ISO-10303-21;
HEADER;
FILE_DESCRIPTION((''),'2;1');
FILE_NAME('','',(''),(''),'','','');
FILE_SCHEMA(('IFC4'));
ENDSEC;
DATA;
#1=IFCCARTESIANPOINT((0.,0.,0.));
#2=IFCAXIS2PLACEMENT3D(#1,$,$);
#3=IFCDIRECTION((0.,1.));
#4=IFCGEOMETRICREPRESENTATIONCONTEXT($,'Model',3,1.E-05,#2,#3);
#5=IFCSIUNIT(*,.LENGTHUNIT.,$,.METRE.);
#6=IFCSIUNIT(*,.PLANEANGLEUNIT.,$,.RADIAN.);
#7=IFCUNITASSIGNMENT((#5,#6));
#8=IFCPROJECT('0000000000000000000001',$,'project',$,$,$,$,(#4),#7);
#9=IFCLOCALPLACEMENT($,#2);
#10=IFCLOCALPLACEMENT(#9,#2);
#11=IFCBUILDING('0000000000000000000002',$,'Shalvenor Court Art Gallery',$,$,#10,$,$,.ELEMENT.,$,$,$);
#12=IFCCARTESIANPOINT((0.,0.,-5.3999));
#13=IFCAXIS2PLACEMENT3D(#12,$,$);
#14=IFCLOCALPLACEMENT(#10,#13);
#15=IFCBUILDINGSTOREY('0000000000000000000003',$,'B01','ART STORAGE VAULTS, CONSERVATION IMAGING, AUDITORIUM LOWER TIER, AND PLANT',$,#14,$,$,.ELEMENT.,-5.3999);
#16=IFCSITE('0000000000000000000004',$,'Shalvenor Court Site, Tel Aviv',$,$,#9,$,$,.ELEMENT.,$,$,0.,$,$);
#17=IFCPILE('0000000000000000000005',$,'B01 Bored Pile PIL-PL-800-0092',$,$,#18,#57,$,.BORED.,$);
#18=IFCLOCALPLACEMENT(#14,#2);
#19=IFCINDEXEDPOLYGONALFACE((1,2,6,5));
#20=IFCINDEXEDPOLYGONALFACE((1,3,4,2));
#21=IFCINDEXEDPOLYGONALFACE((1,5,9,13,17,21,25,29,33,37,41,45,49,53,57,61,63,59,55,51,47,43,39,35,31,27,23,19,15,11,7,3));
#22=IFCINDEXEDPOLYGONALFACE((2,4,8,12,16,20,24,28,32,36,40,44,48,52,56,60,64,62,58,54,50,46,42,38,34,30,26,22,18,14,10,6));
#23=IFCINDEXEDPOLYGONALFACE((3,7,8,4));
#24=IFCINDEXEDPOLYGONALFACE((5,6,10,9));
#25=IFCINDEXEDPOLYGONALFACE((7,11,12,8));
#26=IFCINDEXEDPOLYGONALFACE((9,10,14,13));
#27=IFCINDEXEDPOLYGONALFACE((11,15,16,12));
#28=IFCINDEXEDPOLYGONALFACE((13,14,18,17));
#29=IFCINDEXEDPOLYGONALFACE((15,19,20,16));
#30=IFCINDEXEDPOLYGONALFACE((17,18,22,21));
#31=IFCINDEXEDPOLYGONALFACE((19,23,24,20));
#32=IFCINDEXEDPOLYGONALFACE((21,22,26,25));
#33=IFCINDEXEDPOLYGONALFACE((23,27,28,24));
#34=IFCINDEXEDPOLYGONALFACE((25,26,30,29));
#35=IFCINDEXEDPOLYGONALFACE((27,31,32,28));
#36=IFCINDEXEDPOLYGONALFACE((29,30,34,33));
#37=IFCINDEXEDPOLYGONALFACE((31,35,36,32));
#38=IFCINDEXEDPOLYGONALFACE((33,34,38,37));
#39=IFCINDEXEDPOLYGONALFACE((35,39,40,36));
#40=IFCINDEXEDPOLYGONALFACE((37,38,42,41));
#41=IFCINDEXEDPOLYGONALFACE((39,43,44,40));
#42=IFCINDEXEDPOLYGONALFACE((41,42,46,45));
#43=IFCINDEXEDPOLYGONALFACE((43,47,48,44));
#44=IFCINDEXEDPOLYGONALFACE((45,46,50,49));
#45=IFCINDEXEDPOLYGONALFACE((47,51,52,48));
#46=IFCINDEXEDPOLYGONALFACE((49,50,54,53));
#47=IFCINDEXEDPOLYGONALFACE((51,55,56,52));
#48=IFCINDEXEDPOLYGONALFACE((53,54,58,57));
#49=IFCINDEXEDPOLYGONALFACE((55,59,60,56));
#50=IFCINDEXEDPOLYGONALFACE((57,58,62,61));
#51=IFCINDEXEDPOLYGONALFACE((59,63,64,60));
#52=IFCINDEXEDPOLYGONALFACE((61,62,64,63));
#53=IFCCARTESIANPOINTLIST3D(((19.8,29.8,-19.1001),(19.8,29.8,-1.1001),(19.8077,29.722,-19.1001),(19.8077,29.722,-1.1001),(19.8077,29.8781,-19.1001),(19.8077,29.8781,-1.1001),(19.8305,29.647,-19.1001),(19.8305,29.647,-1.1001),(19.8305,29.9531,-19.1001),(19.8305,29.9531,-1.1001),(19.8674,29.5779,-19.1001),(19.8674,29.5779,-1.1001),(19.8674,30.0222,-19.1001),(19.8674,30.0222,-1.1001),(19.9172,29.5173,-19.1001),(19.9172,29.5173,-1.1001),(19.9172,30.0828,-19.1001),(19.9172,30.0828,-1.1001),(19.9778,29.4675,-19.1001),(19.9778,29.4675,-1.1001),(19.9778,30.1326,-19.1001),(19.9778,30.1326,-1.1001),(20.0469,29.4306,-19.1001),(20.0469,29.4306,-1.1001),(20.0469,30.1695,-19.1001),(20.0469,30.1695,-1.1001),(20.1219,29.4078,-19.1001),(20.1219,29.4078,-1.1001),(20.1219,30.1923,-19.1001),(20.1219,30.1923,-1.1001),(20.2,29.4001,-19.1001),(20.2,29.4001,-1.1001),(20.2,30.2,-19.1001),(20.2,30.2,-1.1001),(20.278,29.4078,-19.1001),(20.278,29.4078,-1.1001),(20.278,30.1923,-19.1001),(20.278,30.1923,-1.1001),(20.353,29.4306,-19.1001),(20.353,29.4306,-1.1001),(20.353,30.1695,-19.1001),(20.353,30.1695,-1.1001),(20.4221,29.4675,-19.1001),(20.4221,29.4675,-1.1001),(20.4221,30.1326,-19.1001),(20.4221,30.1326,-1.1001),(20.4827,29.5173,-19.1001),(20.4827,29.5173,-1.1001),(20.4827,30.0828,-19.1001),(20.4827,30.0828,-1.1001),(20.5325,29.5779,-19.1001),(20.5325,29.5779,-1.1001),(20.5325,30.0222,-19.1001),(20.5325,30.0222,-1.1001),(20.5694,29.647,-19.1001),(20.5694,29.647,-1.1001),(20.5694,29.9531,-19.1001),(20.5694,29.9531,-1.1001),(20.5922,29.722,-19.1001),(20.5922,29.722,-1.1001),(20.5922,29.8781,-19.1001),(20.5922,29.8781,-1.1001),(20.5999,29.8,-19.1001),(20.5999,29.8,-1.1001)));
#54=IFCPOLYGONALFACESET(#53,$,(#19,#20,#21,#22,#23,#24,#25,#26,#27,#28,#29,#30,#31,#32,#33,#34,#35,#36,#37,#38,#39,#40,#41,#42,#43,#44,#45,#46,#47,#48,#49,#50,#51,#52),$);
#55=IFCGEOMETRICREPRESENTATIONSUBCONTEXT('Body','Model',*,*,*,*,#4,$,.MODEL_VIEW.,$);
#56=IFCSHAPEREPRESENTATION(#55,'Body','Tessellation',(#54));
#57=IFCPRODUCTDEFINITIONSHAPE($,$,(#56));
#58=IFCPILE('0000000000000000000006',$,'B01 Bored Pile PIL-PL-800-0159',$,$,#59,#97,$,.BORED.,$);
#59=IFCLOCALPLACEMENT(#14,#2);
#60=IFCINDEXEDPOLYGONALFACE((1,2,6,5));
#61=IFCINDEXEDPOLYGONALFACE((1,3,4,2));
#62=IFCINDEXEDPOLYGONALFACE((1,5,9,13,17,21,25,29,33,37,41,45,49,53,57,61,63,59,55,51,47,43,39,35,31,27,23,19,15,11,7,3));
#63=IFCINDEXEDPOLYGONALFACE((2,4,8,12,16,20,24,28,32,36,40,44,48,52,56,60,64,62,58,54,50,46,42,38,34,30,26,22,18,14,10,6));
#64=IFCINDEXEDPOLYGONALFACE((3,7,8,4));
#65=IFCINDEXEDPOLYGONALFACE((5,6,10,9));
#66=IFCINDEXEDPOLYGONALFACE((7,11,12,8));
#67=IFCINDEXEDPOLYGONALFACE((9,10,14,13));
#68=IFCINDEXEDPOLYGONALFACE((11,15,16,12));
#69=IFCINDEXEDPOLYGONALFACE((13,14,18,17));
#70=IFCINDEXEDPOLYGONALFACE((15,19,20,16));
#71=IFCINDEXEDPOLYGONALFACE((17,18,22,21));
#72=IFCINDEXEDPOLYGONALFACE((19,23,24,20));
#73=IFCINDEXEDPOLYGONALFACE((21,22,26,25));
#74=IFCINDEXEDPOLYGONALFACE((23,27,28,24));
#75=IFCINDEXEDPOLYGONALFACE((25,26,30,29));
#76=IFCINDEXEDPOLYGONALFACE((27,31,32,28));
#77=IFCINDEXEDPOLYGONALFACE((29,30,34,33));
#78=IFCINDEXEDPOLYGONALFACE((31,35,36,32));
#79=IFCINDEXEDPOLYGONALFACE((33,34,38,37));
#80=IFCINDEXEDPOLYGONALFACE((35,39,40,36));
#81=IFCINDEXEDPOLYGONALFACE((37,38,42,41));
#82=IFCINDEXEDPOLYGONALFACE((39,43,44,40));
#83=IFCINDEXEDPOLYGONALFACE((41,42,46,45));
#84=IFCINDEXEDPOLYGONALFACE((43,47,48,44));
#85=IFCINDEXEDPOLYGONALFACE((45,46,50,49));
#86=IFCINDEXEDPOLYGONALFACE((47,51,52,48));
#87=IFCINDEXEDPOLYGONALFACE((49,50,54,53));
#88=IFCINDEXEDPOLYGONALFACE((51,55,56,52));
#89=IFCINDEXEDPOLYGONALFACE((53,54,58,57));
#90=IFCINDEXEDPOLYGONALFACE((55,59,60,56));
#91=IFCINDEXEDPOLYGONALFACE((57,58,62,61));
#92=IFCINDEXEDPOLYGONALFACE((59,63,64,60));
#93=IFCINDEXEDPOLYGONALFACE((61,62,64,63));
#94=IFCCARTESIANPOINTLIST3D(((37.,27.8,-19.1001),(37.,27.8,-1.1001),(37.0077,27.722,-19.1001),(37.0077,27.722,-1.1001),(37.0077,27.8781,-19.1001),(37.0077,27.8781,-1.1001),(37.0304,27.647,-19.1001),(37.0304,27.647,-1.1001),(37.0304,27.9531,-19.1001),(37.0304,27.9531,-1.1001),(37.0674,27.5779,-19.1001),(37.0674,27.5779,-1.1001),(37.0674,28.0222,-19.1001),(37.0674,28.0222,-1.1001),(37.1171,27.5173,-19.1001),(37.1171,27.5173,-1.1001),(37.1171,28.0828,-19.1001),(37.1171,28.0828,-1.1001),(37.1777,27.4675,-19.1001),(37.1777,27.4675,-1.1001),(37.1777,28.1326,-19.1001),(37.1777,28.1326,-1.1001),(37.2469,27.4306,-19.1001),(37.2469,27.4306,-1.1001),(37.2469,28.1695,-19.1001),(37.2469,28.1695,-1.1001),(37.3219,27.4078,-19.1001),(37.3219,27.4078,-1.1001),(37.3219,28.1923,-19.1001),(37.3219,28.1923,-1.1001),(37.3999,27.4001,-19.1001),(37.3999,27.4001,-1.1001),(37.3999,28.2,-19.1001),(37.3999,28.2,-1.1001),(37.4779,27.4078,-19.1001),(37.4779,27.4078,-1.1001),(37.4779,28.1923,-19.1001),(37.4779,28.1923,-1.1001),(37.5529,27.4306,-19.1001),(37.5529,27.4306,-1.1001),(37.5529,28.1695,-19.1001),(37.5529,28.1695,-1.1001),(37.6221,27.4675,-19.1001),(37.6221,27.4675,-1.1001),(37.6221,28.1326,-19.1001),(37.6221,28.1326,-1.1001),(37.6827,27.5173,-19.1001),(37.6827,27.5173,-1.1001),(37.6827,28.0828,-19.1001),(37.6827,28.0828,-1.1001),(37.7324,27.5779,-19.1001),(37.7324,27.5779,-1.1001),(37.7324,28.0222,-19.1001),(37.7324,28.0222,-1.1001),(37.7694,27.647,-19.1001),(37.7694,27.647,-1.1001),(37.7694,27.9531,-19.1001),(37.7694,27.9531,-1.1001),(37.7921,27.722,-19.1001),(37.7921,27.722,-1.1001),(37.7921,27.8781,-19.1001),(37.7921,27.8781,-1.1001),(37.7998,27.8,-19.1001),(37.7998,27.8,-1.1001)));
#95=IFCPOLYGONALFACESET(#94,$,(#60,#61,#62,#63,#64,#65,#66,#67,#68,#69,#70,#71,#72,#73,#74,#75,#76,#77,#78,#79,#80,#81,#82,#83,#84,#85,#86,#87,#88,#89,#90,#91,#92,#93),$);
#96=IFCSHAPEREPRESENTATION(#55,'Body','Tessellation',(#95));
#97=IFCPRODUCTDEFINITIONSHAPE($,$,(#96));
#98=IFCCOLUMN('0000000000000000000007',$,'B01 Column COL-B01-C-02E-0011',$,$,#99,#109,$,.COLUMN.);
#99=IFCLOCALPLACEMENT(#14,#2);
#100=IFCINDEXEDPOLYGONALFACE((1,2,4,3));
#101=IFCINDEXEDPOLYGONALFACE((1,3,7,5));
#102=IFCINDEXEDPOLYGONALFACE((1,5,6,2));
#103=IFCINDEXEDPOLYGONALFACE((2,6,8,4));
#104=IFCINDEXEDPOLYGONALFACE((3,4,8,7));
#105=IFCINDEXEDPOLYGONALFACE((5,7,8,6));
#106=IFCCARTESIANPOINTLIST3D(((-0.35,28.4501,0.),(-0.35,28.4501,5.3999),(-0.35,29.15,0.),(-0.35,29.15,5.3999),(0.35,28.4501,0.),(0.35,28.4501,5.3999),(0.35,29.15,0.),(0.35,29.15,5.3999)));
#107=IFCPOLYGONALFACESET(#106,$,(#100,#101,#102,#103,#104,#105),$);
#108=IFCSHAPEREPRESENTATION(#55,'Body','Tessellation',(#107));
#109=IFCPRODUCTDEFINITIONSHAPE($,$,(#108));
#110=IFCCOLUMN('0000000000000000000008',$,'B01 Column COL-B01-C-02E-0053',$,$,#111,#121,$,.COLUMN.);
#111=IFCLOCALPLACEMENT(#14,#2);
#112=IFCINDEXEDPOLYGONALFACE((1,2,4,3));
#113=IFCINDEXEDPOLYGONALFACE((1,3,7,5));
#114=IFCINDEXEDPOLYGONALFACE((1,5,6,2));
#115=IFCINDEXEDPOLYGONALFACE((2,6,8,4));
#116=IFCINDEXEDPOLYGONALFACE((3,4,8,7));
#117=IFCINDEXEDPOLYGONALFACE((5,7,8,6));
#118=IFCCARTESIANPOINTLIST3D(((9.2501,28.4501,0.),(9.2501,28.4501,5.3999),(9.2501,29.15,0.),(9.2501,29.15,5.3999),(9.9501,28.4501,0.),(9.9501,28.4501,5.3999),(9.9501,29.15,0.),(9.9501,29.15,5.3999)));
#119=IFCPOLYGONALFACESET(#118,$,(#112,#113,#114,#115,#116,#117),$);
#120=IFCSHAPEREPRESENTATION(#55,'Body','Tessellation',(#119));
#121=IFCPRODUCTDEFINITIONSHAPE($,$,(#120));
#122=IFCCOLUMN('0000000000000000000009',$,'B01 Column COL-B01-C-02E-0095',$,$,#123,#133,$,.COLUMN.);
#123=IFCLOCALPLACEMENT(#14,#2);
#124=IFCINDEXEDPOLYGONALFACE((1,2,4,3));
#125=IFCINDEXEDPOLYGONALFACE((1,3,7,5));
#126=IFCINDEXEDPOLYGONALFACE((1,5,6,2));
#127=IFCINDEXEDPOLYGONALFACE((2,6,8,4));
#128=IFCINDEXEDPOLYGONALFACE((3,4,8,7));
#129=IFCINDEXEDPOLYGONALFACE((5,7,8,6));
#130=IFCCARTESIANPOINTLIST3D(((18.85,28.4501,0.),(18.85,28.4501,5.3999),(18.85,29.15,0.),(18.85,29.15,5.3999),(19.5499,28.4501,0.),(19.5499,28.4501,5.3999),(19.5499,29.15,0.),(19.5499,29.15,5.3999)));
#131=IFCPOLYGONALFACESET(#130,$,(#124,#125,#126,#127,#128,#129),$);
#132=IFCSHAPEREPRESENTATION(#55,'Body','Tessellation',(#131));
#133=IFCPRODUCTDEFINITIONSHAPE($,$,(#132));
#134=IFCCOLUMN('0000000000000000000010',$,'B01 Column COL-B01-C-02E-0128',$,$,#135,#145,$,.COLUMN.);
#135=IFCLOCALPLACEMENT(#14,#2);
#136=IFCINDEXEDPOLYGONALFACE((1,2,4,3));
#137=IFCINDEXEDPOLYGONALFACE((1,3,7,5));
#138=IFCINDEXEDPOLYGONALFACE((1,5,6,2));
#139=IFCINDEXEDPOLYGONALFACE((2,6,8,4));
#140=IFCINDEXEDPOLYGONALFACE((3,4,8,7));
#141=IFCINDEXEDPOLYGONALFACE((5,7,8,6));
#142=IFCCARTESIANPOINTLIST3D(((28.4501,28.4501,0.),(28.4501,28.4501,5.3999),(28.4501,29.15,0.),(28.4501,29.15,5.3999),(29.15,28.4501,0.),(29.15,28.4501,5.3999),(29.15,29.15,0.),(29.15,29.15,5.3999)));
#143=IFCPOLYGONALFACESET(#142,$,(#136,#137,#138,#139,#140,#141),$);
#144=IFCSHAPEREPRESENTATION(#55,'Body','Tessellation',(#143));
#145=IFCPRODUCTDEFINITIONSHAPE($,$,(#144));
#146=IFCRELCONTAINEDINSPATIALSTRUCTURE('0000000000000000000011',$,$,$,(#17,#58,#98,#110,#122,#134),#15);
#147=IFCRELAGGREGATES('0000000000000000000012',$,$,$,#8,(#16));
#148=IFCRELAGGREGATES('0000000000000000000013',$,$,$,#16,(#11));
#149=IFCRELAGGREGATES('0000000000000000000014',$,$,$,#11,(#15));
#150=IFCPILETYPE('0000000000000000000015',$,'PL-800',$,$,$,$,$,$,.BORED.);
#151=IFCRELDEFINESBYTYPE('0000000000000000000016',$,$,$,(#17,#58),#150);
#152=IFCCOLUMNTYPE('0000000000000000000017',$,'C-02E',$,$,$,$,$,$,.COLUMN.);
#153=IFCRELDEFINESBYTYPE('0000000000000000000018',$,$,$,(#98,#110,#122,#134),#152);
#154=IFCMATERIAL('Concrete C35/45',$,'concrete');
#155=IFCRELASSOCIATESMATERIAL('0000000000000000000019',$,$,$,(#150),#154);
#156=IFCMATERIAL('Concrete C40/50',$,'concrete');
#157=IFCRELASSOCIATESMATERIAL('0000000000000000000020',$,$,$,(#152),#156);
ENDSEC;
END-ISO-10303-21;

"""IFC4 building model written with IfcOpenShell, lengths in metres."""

from ifc_helpers import new_model, si_unit, direction, frame, origin, origin_2d, place, context, subcontext, project, spatial, rectangle, circle, extrude, material, material_profile, profile_set, type_object, element, save


model = new_model("IFC4")

# Units and contexts
model_context = context("Model", 3, precision=1e-05, world=origin(), true_north=direction((0.0, 1.0)))
body_context = subcontext(model_context, "Body", "Model", "MODEL_VIEW")
ifc_project = project(units=[si_unit("LENGTHUNIT", "METRE"), si_unit("PLANEANGLEUNIT", "RADIAN")], contexts=[model_context])

# Site, building, storey
site_placement = place(None, origin())
site = spatial("IfcSite", under=ifc_project, at=site_placement, Name="Shalvenor Court Site, Tel Aviv", CompositionType="ELEMENT", RefElevation=0.0)
building_placement = place(site_placement, origin())
building = spatial("IfcBuilding", under=site, at=building_placement, Name="Shalvenor Court Art Gallery", CompositionType="ELEMENT")
storey_placement = place(building_placement, frame((0.0, 0.0, -5.3999)))
storey = spatial("IfcBuildingStorey", under=building, at=storey_placement, Name="B01", Description="ART STORAGE VAULTS, CONSERVATION IMAGING, AUDITORIUM LOWER TIER, AND PLANT", CompositionType="ELEMENT", Elevation=-5.3999)

# Piles
ifc_material_1 = material(Name="Concrete C35/45", Category="concrete")
ifc_material_profile_1 = material_profile(ifc_material_1, circle(Radius=0.3999, at=origin_2d()), Name="PILE 800")
ifc_profile_set_1 = profile_set([ifc_material_profile_1], Name="Concrete C35/45")
pile_type_1 = type_object("IfcPileType", Name="PL-800", PredefinedType="BORED", material=ifc_profile_set_1)
for number, where, z_axis, x_axis, name in (
    (1, (20.2, 29.8, -1.1001), (0.0, 0.0, -1.0), (1.0, 0.0, 0.0), "B01 Bored Pile PIL-PL-800-0092"),
    (2, (37.3999, 27.8, -1.1001), (0.0, 0.0, -1.0), (1.0, 0.0, 0.0), "B01 Bored Pile PIL-PL-800-0159"),
):
    element("IfcPile", number, at=place(storey_placement, frame(where, z_axis=z_axis, x_axis=x_axis)), inside=storey, type_object=pile_type_1, Name=name, PredefinedType="BORED", context=body_context, shape_type="SweptSolid", body=[
        extrude(circle(Radius=0.3999, at=origin_2d()), origin(), (0.0, 0.0, 1.0), 18.0),
    ])

# Columns
ifc_material_2 = material(Name="Concrete C40/50", Category="concrete")
ifc_material_profile_2 = material_profile(ifc_material_2, rectangle(XDim=0.7, YDim=0.7, at=origin_2d()), Name="RC 700x700")
ifc_profile_set_2 = profile_set([ifc_material_profile_2], Name="Concrete C40/50")
column_type = type_object("IfcColumnType", Name="C-02E", PredefinedType="COLUMN", material=ifc_profile_set_2)
for number, where, z_axis, x_axis, name in (
    (3, (0.0, 28.8, 0.0), (0.0, 0.0, 1.0), (1.0, 0.0, 0.0), "B01 Column COL-B01-C-02E-0011"),
    (4, (9.6001, 28.8, 0.0), (0.0, 0.0, 1.0), (1.0, 0.0, 0.0), "B01 Column COL-B01-C-02E-0053"),
    (5, (19.2, 28.8, 0.0), (0.0, 0.0, 1.0), (1.0, 0.0, 0.0), "B01 Column COL-B01-C-02E-0095"),
    (6, (28.8, 28.8, 0.0), (0.0, 0.0, 1.0), (1.0, 0.0, 0.0), "B01 Column COL-B01-C-02E-0128"),
):
    element("IfcColumn", number, at=place(storey_placement, frame(where, z_axis=z_axis, x_axis=x_axis)), inside=storey, type_object=column_type, Name=name, PredefinedType="COLUMN", context=body_context, shape_type="SweptSolid", body=[
        extrude(rectangle(XDim=0.7, YDim=0.7, at=origin_2d()), origin(), (0.0, 0.0, 1.0), 5.3999),
    ])

save(model, "model.ifc")
